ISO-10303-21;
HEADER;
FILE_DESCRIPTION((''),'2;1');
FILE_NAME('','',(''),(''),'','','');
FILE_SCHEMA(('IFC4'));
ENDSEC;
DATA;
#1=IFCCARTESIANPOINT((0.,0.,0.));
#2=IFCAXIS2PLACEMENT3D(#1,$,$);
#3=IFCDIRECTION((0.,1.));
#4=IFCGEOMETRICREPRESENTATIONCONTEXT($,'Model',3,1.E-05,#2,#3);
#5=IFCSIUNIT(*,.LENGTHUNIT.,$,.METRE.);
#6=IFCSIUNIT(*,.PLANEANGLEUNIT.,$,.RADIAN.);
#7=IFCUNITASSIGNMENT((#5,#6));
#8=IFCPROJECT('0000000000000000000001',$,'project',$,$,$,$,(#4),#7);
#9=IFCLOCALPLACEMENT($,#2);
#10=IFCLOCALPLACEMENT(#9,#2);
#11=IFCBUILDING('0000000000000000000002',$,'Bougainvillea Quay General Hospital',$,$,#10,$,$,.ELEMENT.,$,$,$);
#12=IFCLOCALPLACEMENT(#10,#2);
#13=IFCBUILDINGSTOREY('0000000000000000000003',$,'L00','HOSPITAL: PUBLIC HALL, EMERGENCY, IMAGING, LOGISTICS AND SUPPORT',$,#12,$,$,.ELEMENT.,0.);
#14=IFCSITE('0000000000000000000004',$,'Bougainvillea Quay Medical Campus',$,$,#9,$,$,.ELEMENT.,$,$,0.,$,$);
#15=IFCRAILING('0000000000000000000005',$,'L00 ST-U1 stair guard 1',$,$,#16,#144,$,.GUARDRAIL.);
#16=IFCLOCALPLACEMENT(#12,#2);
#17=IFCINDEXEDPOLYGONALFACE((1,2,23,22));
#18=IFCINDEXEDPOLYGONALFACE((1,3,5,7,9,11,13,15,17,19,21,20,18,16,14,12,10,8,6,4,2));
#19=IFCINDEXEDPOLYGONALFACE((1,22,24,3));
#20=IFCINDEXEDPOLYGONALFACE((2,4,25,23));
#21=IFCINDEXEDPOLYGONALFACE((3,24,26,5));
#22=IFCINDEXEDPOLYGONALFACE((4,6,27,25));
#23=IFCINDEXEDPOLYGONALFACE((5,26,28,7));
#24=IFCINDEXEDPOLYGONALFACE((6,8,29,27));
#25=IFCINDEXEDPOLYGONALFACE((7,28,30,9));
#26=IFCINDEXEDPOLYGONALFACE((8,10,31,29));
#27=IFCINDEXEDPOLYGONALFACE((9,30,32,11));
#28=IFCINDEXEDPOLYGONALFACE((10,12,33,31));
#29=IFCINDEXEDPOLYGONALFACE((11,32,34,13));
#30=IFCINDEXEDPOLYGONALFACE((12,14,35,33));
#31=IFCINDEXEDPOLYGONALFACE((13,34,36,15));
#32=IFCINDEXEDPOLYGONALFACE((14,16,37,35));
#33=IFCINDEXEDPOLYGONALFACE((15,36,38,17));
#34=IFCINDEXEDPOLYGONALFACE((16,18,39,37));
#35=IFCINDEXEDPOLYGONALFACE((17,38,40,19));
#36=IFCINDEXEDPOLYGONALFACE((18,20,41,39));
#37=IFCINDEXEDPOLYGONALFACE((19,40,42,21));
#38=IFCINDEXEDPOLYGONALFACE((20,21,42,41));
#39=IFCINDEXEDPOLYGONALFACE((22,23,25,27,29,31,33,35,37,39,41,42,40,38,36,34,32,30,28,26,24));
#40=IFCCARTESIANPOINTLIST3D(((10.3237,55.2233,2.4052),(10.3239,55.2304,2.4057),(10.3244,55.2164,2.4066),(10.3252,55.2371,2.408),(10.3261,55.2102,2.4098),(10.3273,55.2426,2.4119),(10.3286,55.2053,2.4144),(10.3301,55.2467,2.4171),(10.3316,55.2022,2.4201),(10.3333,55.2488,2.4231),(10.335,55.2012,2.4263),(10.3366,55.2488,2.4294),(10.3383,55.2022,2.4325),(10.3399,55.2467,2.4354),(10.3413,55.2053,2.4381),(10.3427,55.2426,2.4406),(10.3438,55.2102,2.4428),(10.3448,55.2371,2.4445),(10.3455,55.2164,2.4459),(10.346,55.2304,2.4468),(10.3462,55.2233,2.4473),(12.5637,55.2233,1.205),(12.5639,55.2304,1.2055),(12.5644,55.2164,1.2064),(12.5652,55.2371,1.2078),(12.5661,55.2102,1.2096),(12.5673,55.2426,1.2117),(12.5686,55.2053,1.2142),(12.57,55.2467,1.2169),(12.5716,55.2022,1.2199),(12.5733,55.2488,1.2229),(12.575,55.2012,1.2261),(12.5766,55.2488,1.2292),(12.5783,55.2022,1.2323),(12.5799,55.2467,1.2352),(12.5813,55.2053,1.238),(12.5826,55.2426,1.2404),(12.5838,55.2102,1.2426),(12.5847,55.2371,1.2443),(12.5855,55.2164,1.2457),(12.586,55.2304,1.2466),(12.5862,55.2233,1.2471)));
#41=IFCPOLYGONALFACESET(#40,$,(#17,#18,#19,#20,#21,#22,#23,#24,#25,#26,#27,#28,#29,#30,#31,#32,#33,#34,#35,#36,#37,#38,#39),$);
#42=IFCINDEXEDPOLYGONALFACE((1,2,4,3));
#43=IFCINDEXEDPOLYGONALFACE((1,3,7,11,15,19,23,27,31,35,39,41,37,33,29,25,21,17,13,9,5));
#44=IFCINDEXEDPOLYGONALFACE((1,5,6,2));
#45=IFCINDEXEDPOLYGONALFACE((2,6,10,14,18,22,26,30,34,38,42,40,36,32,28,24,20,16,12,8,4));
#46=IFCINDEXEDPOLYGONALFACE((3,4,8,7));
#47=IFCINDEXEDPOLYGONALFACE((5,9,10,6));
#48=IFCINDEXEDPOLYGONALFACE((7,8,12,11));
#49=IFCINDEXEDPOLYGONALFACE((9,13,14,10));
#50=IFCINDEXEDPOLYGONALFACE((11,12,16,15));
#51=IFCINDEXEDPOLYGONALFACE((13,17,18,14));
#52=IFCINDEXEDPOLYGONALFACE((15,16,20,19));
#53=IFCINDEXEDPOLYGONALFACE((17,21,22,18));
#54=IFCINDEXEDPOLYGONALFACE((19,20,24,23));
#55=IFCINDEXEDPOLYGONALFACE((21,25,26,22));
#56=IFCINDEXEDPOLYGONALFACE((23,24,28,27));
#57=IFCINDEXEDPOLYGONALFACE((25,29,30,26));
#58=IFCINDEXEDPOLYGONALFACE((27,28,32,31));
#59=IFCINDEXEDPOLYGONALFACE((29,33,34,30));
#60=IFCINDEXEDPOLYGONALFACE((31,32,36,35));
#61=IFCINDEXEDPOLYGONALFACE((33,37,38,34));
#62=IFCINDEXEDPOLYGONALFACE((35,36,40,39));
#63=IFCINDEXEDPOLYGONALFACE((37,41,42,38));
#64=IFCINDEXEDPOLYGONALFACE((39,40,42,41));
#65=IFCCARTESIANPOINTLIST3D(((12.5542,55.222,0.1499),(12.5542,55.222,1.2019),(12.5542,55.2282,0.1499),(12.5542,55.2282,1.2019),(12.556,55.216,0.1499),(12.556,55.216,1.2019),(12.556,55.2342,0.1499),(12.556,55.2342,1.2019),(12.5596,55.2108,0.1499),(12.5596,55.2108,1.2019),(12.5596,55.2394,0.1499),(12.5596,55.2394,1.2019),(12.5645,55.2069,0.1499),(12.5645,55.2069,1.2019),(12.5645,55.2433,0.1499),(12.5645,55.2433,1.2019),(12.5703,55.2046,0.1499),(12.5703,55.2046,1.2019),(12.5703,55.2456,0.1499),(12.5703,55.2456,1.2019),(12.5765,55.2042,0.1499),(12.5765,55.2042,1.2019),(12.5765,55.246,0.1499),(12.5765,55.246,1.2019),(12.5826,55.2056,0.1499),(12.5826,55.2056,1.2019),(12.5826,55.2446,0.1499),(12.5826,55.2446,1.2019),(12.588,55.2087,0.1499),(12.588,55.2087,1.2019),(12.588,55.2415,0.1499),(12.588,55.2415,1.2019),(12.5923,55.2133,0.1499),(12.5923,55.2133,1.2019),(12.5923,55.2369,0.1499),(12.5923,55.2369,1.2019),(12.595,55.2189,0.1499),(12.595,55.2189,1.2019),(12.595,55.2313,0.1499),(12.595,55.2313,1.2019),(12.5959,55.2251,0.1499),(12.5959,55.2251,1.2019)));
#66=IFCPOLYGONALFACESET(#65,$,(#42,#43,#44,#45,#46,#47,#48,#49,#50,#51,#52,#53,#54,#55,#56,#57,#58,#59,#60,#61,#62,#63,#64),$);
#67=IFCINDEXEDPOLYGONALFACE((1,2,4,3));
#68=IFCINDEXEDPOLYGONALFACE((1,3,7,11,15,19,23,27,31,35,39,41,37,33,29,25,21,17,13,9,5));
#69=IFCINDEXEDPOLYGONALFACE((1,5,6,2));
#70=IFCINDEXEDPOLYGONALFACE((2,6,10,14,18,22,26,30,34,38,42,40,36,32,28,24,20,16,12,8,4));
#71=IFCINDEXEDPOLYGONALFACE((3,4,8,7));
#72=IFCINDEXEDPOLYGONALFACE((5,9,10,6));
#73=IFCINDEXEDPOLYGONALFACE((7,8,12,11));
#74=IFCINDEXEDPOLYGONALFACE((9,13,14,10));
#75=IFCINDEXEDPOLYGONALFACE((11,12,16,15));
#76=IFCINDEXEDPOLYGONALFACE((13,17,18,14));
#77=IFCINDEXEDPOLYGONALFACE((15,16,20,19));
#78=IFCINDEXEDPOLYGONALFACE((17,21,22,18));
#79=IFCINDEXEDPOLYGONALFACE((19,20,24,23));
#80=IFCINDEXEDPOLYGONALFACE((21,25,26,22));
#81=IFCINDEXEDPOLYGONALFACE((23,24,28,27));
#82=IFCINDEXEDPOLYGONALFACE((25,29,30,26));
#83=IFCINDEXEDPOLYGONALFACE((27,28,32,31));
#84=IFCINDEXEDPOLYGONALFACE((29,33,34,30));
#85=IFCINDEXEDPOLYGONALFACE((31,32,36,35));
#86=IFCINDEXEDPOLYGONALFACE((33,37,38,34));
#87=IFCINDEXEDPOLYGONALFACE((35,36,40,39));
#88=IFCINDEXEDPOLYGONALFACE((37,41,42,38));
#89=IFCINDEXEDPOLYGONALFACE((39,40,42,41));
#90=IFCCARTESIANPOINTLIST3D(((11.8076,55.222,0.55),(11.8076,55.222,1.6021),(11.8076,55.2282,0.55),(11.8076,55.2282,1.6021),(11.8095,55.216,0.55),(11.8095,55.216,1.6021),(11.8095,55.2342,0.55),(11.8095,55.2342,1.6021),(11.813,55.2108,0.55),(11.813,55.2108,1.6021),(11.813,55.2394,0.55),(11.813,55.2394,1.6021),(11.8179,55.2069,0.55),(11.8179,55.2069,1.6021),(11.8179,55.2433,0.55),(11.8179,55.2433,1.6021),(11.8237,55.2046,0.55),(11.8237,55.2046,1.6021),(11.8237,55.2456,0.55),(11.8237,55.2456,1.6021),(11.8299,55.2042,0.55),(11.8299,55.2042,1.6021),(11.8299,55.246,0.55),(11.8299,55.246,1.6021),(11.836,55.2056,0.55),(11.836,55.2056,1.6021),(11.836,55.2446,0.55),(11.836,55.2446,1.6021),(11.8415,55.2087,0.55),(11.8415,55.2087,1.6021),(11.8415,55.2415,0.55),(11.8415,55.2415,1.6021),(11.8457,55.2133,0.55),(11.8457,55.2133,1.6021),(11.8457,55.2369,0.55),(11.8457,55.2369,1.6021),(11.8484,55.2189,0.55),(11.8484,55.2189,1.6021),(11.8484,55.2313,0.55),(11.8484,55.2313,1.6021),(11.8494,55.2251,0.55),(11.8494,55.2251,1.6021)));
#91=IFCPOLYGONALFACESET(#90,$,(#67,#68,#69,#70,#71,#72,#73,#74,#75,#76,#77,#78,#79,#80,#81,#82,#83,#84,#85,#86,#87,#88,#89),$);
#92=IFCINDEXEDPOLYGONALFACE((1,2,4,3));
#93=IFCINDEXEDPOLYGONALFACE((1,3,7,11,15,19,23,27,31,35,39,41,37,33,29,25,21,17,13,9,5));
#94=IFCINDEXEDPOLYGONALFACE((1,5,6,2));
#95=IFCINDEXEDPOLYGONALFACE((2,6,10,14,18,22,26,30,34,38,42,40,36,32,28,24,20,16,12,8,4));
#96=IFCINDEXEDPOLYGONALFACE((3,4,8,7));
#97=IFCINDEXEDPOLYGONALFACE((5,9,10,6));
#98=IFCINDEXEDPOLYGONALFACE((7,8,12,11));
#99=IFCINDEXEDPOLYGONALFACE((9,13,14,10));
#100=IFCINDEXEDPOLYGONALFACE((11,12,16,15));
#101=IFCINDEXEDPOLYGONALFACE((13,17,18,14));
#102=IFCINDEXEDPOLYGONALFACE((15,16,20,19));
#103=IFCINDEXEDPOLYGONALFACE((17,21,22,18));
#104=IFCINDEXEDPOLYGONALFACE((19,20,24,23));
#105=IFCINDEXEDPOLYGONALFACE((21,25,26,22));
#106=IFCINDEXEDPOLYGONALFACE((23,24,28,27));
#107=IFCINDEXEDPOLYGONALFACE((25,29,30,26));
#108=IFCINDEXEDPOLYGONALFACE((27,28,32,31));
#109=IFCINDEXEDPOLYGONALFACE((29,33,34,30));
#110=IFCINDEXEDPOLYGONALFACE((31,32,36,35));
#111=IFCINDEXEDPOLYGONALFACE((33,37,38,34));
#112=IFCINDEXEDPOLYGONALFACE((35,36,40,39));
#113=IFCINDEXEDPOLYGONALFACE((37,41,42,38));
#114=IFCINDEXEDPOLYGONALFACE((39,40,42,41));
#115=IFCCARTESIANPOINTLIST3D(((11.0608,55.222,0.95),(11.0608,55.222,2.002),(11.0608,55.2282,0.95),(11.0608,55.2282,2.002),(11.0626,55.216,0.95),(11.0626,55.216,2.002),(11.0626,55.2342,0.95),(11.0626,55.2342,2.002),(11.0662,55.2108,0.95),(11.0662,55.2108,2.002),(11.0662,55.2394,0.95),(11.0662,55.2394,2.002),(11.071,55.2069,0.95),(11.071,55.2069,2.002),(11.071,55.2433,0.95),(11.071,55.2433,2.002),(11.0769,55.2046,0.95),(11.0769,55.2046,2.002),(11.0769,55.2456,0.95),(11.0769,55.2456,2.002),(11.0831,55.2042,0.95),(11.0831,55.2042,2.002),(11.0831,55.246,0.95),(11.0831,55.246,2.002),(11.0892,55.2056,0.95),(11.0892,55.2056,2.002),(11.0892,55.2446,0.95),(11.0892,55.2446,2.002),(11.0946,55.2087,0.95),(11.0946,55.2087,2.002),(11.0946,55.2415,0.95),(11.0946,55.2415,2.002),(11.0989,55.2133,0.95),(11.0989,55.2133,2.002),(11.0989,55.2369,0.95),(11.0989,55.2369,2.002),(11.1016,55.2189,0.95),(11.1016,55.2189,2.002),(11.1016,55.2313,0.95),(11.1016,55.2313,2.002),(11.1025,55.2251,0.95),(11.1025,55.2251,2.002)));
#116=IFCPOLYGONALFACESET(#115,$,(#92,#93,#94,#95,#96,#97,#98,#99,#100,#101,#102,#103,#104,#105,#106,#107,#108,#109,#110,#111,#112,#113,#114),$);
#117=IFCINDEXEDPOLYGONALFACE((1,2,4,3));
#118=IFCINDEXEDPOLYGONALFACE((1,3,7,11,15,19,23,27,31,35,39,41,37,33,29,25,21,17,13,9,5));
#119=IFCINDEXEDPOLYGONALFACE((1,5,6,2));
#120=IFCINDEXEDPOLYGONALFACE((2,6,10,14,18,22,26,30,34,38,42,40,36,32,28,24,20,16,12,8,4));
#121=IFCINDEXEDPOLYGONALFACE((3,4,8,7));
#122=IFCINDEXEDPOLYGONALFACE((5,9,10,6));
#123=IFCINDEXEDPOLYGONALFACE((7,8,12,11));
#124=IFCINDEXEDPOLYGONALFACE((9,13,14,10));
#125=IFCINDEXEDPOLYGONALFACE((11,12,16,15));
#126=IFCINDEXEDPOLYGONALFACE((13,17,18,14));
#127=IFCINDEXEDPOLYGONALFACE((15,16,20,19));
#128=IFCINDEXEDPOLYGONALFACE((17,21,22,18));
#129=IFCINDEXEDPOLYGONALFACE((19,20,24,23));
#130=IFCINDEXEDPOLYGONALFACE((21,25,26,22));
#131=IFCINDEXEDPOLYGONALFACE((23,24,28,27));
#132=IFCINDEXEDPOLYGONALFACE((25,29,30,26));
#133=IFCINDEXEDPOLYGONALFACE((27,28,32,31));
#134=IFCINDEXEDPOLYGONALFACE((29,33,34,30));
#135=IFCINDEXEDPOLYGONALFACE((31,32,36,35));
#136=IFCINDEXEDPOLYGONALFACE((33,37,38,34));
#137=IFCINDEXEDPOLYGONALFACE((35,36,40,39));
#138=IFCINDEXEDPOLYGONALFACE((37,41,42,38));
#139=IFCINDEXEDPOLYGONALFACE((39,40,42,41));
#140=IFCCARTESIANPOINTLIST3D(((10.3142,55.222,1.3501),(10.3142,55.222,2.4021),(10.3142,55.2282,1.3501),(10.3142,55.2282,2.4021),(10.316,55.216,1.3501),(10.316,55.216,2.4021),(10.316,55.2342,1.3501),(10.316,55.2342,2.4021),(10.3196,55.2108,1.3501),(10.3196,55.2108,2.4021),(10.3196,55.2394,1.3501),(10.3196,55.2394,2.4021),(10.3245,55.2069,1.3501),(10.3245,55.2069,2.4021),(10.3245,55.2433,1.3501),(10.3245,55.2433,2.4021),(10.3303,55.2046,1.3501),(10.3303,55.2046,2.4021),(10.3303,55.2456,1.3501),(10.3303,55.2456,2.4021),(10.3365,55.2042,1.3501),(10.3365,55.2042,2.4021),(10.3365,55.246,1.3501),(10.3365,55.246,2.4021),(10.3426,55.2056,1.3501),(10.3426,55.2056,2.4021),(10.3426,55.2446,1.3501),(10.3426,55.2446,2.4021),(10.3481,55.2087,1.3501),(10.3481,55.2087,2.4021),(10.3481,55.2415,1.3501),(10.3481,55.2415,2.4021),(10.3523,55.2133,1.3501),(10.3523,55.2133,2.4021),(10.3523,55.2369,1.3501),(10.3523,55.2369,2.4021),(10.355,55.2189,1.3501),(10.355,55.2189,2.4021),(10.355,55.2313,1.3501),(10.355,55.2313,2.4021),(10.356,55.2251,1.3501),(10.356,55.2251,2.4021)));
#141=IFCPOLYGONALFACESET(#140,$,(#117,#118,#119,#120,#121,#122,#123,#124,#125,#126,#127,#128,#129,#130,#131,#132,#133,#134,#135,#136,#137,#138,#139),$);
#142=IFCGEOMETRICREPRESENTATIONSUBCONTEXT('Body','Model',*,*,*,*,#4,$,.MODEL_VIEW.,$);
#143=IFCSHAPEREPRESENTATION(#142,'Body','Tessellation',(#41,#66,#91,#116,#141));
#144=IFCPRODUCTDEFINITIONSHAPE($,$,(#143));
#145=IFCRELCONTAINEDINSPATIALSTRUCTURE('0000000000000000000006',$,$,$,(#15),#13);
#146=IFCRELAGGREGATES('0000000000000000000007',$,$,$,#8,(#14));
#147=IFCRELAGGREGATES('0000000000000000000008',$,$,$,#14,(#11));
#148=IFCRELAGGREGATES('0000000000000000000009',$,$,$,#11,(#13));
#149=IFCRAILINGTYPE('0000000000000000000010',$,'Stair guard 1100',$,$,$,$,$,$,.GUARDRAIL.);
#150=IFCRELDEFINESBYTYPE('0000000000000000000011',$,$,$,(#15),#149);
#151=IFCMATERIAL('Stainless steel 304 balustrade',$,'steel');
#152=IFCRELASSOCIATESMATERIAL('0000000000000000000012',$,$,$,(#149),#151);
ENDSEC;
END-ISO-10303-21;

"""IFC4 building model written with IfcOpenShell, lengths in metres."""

from ifc_helpers import new_model, si_unit, direction, frame, origin, origin_2d, place, context, subcontext, project, spatial, circle, extrude, material, type_object, element, save


model = new_model("IFC4")

# Units and contexts
model_context = context("Model", 3, precision=1e-05, world=origin(), true_north=direction((0.0, 1.0)))
body_context = subcontext(model_context, "Body", "Model", "MODEL_VIEW")
ifc_project = project(units=[si_unit("LENGTHUNIT", "METRE"), si_unit("PLANEANGLEUNIT", "RADIAN")], contexts=[model_context])

# Site, building, storey
site_placement = place(None, origin())
site = spatial("IfcSite", under=ifc_project, at=site_placement, Name="Bougainvillea Quay Medical Campus", CompositionType="ELEMENT", RefElevation=0.0)
building_placement = place(site_placement, origin())
building = spatial("IfcBuilding", under=site, at=building_placement, Name="Bougainvillea Quay General Hospital", CompositionType="ELEMENT")
storey_placement = place(building_placement, origin())
storey = spatial("IfcBuildingStorey", under=building, at=storey_placement, Name="L00", Description="HOSPITAL: PUBLIC HALL, EMERGENCY, IMAGING, LOGISTICS AND SUPPORT", CompositionType="ELEMENT", Elevation=0.0)

# Railing
ifc_material_1 = material(Name="Stainless steel 304 balustrade", Category="steel")
railing_type_1 = type_object("IfcRailingType", Name="Stair guard 1100", PredefinedType="GUARDRAIL", material=ifc_material_1)
railing_1_placement = place(storey_placement, frame((12.575, 55.2251, 0.1499)))
element("IfcRailing", 1, at=railing_1_placement, inside=storey, type_object=railing_type_1, Name="L00 ST-U1 stair guard 1", PredefinedType="GUARDRAIL", context=body_context, shape_type="SweptSolid", body=[
    extrude(circle(Radius=0.0239, at=origin_2d()), frame((0.0, 0.0, 1.0762), z_axis=(-0.881447, 0.0, 0.472283), x_axis=(0.0, -1.0, 0.0)), (0.0, 0.0, 1.0), 2.5413),
    extrude(circle(Radius=0.021, at=origin_2d()), origin(), (0.0, 0.0, 1.0), 1.052),
    extrude(circle(Radius=0.021, at=origin_2d()), frame((-0.7466, 0.0, 0.4001)), (0.0, 0.0, 1.0), 1.052),
    extrude(circle(Radius=0.021, at=origin_2d()), frame((-1.4934, 0.0, 0.8)), (0.0, 0.0, 1.0), 1.052),
    extrude(circle(Radius=0.021, at=origin_2d()), frame((-2.24, 0.0, 1.2002)), (0.0, 0.0, 1.0), 1.052),
])

save(model, "model.ifc")
